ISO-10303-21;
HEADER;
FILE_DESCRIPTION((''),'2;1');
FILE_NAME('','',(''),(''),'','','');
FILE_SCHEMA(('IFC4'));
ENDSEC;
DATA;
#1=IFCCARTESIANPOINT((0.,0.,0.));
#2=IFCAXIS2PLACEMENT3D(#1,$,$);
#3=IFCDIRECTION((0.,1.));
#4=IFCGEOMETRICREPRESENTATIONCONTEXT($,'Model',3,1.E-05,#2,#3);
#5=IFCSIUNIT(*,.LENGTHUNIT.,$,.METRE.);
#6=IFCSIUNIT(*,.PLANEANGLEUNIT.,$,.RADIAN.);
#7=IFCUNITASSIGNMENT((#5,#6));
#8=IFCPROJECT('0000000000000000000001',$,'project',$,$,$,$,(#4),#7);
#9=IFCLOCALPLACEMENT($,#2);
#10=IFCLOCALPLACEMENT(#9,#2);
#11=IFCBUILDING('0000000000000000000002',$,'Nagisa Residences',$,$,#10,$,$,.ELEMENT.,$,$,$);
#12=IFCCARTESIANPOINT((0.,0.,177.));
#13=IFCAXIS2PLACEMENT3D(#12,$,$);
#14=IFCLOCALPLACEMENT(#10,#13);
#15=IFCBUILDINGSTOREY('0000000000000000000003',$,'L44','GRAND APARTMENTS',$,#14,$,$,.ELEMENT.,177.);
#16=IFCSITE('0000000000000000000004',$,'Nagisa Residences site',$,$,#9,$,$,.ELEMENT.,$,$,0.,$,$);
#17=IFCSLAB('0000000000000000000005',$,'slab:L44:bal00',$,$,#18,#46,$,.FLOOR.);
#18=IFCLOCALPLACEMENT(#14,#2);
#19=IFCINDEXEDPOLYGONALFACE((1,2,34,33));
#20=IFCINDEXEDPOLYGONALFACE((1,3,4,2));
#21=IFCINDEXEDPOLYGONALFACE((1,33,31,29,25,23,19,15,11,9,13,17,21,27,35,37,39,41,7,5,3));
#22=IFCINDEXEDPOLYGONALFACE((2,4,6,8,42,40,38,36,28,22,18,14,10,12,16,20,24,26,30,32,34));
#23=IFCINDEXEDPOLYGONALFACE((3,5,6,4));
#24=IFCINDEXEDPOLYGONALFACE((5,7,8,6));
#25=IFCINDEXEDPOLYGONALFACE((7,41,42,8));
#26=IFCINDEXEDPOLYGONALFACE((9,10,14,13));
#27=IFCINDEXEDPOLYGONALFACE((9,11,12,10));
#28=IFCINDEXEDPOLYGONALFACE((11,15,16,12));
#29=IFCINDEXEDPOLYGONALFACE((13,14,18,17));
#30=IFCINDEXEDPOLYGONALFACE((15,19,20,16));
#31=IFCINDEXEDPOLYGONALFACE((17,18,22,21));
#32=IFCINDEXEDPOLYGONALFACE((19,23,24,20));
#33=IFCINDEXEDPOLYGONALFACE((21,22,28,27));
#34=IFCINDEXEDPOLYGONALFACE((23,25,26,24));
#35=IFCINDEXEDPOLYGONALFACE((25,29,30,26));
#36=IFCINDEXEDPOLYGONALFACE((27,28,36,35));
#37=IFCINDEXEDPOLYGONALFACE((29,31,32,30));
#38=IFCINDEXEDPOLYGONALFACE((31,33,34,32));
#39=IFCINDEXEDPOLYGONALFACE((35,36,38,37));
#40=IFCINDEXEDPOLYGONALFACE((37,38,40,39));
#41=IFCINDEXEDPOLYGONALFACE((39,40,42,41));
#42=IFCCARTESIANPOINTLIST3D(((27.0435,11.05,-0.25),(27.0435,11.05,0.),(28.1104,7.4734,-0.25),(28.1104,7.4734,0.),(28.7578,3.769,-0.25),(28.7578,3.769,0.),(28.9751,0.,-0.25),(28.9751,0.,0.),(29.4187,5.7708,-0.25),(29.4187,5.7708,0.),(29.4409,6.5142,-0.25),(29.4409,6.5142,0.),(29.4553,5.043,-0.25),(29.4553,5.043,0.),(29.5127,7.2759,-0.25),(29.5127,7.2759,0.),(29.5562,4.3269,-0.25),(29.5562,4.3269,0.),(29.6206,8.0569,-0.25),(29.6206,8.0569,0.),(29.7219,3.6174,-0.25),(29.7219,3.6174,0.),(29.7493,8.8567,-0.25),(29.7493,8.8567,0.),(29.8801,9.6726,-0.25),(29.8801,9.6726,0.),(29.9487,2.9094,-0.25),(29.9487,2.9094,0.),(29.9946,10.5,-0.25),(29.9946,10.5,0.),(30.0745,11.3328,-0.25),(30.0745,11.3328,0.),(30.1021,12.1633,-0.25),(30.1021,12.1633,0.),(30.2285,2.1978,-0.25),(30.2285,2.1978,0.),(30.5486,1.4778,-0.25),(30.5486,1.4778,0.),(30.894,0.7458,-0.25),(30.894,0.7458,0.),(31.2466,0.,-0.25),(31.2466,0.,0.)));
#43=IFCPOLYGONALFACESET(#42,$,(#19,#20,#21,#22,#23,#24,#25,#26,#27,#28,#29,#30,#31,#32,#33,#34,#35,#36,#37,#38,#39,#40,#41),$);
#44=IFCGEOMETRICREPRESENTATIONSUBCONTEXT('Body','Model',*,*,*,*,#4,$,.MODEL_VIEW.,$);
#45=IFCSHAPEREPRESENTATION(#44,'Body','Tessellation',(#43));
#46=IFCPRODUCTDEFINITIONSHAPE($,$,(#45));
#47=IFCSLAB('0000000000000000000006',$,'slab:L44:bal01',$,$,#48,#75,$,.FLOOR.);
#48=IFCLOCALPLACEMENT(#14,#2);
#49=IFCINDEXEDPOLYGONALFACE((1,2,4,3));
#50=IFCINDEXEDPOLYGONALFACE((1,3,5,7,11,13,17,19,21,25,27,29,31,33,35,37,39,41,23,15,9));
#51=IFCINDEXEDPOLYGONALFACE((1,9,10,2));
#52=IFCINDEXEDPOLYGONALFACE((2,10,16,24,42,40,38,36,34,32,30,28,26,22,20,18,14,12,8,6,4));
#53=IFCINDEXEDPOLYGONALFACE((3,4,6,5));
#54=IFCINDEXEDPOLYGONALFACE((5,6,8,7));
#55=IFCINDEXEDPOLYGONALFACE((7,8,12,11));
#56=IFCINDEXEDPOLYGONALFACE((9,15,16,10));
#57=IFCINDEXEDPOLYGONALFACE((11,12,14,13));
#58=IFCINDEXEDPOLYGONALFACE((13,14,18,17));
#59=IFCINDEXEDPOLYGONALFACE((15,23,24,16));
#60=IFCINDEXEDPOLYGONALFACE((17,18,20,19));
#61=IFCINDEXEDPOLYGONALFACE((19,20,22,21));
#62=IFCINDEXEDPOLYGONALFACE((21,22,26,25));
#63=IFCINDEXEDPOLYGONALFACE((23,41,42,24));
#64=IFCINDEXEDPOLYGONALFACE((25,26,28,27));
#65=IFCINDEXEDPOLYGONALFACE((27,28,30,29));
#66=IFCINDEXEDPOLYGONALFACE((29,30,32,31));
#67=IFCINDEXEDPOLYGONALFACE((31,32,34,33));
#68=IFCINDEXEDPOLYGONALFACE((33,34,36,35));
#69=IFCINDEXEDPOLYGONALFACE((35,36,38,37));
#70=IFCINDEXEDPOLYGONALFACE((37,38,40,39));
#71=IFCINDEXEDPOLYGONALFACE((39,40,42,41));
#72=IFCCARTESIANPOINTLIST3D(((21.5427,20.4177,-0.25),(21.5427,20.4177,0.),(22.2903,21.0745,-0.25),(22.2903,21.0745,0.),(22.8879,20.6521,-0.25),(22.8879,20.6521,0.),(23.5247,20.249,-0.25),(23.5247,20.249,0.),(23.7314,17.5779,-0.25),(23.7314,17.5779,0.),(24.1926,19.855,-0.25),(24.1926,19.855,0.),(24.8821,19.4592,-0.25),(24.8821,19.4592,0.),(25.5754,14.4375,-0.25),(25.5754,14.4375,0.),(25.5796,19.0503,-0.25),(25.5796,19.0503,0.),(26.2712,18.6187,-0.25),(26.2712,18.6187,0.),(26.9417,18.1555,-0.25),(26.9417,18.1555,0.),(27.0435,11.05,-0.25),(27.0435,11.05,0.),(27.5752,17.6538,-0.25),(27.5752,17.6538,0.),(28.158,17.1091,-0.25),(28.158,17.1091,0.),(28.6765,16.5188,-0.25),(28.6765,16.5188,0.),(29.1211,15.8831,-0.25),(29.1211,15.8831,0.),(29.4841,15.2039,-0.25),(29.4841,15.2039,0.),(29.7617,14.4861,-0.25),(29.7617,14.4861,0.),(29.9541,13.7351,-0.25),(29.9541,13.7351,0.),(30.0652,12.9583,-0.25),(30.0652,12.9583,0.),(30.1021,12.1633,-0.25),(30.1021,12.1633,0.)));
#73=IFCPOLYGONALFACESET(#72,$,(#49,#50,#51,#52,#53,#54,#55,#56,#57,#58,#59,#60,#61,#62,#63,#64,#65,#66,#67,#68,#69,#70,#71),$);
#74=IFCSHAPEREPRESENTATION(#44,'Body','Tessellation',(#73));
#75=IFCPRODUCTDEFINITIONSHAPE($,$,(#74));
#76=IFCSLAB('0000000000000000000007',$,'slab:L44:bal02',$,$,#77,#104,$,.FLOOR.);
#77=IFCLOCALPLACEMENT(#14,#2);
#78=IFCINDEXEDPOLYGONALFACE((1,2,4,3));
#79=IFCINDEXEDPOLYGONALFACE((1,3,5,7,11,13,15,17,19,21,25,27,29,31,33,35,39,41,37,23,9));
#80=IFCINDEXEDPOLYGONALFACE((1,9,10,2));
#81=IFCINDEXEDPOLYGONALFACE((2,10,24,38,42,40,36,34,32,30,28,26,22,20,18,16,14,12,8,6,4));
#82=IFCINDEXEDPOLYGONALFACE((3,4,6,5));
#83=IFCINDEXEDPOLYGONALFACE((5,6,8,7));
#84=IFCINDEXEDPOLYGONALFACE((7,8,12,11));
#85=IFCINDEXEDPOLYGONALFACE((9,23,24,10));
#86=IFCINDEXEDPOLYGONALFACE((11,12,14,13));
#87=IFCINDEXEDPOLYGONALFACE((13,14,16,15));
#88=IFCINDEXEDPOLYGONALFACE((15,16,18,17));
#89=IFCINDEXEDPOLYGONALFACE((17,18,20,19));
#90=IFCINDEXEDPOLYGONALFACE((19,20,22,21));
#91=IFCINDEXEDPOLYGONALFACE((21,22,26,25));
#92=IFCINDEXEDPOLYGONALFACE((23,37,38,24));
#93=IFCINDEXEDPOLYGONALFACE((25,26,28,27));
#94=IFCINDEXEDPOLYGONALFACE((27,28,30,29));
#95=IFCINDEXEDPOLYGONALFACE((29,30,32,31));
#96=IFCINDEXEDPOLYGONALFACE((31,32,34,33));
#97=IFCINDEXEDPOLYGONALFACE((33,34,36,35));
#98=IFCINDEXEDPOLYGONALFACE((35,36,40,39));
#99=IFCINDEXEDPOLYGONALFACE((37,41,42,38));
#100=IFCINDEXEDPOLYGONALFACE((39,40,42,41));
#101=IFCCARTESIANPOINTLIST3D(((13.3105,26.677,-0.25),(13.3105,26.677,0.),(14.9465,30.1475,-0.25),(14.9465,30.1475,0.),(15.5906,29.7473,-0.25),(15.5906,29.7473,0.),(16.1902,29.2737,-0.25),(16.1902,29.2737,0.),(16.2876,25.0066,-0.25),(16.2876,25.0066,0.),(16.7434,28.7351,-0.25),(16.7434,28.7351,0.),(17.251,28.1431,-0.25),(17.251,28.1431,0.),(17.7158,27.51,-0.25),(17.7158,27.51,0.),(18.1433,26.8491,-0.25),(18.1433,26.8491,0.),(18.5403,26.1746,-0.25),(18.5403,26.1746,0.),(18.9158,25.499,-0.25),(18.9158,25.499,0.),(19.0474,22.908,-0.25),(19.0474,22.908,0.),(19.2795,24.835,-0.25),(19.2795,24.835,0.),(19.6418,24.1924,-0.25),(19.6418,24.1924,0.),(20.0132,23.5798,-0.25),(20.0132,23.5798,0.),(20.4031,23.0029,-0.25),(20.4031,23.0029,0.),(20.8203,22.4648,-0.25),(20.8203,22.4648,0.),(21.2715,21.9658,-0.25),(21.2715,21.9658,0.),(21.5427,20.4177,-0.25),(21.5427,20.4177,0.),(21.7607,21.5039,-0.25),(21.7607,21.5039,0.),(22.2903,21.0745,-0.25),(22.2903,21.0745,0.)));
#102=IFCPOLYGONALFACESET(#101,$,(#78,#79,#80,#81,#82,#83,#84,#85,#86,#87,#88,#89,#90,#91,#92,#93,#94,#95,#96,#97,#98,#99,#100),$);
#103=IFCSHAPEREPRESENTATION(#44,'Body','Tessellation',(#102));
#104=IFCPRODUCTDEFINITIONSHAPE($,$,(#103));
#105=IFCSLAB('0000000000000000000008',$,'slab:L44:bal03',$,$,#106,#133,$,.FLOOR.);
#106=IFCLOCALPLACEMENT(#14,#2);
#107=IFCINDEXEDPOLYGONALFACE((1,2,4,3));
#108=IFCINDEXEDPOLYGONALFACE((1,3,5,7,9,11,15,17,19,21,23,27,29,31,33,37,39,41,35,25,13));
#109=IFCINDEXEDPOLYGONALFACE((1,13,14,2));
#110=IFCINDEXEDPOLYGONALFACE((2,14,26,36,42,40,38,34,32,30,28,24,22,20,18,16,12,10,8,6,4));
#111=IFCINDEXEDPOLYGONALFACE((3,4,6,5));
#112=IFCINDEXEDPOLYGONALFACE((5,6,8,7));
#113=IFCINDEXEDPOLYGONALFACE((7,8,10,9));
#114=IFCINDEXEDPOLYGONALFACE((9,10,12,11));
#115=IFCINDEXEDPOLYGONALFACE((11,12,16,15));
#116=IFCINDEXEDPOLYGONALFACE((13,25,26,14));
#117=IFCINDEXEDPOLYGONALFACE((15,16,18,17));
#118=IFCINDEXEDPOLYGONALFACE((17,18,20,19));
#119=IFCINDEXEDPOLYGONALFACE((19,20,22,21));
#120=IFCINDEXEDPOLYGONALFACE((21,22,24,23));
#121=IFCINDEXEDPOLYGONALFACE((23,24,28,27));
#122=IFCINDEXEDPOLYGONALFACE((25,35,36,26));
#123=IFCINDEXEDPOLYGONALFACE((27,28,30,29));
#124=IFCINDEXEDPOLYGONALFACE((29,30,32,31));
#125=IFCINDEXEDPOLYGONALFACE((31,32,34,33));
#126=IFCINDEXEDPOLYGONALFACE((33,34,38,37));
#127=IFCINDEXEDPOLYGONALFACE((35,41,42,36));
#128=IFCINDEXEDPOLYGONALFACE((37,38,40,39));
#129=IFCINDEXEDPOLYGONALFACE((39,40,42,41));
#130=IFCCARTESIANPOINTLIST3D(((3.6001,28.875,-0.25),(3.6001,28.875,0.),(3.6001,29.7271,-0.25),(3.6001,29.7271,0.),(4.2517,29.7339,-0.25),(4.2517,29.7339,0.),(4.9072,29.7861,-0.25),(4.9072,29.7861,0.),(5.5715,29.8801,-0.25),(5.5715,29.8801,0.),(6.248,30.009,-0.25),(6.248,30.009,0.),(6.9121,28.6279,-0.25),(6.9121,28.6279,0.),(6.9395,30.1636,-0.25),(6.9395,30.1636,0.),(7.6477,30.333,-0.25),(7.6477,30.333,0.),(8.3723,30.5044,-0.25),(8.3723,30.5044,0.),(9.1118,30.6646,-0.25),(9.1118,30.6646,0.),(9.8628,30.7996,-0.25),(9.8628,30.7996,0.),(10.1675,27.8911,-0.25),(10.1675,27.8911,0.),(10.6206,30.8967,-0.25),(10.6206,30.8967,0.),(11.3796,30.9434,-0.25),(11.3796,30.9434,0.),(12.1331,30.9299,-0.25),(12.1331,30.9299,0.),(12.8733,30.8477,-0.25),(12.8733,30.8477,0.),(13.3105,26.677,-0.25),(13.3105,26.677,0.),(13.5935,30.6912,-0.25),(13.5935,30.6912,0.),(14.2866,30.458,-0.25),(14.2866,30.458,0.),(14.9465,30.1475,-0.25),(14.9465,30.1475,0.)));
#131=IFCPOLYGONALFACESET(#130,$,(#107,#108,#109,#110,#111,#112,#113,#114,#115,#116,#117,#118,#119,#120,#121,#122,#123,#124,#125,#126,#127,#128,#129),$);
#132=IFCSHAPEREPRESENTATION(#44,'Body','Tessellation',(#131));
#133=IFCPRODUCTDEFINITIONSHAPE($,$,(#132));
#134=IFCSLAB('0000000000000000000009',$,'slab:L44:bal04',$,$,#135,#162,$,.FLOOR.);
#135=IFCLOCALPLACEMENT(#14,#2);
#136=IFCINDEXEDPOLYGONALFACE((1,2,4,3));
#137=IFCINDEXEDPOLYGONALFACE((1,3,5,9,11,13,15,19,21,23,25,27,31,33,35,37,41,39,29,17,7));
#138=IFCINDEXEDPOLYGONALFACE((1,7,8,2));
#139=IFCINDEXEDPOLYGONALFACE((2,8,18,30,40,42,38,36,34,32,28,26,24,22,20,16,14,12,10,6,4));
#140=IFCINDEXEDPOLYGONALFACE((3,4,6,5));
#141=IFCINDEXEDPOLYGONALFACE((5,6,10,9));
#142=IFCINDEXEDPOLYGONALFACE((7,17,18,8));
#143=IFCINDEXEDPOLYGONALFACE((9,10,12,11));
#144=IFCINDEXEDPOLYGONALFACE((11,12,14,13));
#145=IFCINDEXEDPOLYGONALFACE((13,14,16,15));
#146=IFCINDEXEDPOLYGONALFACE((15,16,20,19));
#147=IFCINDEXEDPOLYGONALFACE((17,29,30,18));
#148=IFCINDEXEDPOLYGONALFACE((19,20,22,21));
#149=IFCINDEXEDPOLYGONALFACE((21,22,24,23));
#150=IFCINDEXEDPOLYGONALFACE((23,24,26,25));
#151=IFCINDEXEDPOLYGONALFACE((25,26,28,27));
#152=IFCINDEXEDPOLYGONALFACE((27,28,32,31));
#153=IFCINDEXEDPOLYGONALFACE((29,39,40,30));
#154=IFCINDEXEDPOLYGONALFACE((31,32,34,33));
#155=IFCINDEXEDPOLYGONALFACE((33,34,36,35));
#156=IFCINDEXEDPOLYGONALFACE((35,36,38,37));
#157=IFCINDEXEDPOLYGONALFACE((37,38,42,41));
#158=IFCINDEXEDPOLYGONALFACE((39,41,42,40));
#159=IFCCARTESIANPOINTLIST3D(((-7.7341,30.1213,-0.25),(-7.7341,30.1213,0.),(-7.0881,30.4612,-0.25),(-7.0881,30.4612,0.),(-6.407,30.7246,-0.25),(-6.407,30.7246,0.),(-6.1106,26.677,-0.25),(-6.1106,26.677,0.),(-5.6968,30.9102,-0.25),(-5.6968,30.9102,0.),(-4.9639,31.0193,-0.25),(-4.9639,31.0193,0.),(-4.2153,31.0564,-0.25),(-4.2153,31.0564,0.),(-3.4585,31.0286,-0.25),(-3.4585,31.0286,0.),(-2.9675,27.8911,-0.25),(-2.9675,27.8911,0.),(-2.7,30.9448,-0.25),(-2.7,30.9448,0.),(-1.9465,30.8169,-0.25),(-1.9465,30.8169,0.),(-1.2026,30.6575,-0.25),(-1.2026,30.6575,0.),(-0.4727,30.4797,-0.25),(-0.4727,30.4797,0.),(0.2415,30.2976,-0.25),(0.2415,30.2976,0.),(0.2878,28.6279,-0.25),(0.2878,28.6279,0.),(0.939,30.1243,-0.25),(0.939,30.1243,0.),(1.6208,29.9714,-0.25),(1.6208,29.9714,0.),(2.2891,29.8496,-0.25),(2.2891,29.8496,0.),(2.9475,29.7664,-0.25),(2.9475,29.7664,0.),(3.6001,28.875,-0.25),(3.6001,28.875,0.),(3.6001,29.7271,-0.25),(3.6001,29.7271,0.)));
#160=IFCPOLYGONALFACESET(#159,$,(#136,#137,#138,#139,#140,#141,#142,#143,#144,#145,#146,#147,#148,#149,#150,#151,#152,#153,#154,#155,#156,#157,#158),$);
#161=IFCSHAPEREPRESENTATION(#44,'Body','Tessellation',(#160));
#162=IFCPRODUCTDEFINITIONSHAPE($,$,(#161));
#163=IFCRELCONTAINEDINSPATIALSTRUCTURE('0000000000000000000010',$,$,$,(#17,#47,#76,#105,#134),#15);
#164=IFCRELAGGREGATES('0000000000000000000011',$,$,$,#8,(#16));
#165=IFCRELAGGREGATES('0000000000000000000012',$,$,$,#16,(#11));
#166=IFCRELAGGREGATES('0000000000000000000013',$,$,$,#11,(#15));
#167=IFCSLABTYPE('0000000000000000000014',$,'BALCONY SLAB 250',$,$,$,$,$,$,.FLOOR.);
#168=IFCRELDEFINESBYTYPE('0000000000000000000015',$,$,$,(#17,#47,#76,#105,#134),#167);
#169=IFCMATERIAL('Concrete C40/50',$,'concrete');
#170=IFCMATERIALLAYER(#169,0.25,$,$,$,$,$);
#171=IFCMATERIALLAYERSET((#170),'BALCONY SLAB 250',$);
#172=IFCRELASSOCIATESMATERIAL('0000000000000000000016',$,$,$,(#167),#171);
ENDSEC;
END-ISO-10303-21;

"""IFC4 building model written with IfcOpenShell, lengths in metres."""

from ifc_helpers import new_model, si_unit, direction, frame, origin, place, context, subcontext, project, spatial, polyline, outline, extrude, material, layer, layer_set, type_object, element, save


model = new_model("IFC4")

# Units and contexts
model_context = context("Model", 3, precision=1e-05, world=origin(), true_north=direction((0.0, 1.0)))
body_context = subcontext(model_context, "Body", "Model", "MODEL_VIEW")
ifc_project = project(units=[si_unit("LENGTHUNIT", "METRE"), si_unit("PLANEANGLEUNIT", "RADIAN")], contexts=[model_context])

# Site, building, storey
site_placement = place(None, origin())
site = spatial("IfcSite", under=ifc_project, at=site_placement, Name="Nagisa Residences site", CompositionType="ELEMENT", RefElevation=0.0)
building_placement = place(site_placement, origin())
building = spatial("IfcBuilding", under=site, at=building_placement, Name="Nagisa Residences", CompositionType="ELEMENT")
storey_placement = place(building_placement, frame((0.0, 0.0, 177.0)))
storey = spatial("IfcBuildingStorey", under=building, at=storey_placement, Name="L44", Description="GRAND APARTMENTS", CompositionType="ELEMENT", Elevation=177.0)

# Slabs
ifc_material_1 = material(Name="Concrete C40/50", Category="concrete")
ifc_layer_1 = layer(ifc_material_1, 0.25)
ifc_layer_set_1 = layer_set([ifc_layer_1], Name="BALCONY SLAB 250")
slab_type_1 = type_object("IfcSlabType", Name="BALCONY SLAB 250", PredefinedType="FLOOR", material=ifc_layer_set_1)
slab_1_placement = place(storey_placement, frame((0.0, 0.0, -0.25)))
element("IfcSlab", 1, at=slab_1_placement, inside=storey, type_object=slab_type_1, Name="slab:L44:bal00", PredefinedType="FLOOR", context=body_context, shape_type="SweptSolid", body=[
    extrude(outline(polyline([(31.2466, 0.0), (30.894, 0.7458), (30.5486, 1.4778), (30.2285, 2.1978), (29.9487, 2.9094), (29.7219, 3.6174), (29.5562, 4.3269), (29.4553, 5.043), (29.4187, 5.7708), (29.4409, 6.5142), (29.5127, 7.2759), (29.6206, 8.0569), (29.7493, 8.8567), (29.8801, 9.6726), (29.9946, 10.5), (30.0745, 11.3328), (30.1021, 12.1633), (27.0435, 11.05), (28.1104, 7.4734), (28.7578, 3.769), (28.9751, 0.0), (31.2466, 0.0)])), origin(), (0.0, 0.0, 1.0), 0.25),
])
slab_2_placement = place(storey_placement, frame((0.0, 0.0, -0.25)))
element("IfcSlab", 2, at=slab_2_placement, inside=storey, type_object=slab_type_1, Name="slab:L44:bal01", PredefinedType="FLOOR", context=body_context, shape_type="SweptSolid", body=[
    extrude(outline(polyline([(30.1021, 12.1633), (30.0652, 12.9583), (29.9541, 13.7351), (29.7617, 14.4861), (29.4841, 15.2039), (29.1211, 15.8831), (28.6765, 16.5188), (28.158, 17.1091), (27.5752, 17.6538), (26.9417, 18.1555), (26.2712, 18.6187), (25.5796, 19.0503), (24.8821, 19.4592), (24.1926, 19.855), (23.5247, 20.249), (22.8879, 20.6521), (22.2903, 21.0745), (21.5427, 20.4177), (23.7314, 17.5779), (25.5754, 14.4375), (27.0435, 11.05), (30.1021, 12.1633)])), origin(), (0.0, 0.0, 1.0), 0.25),
])
slab_3_placement = place(storey_placement, frame((0.0, 0.0, -0.25)))
element("IfcSlab", 3, at=slab_3_placement, inside=storey, type_object=slab_type_1, Name="slab:L44:bal02", PredefinedType="FLOOR", context=body_context, shape_type="SweptSolid", body=[
    extrude(outline(polyline([(22.2903, 21.0745), (21.7607, 21.5039), (21.2715, 21.9658), (20.8203, 22.4648), (20.4031, 23.0029), (20.0132, 23.5798), (19.6418, 24.1924), (19.2795, 24.835), (18.9158, 25.499), (18.5403, 26.1746), (18.1433, 26.8491), (17.7158, 27.51), (17.251, 28.1431), (16.7434, 28.7351), (16.1902, 29.2737), (15.5906, 29.7473), (14.9465, 30.1475), (13.3105, 26.677), (16.2876, 25.0066), (19.0474, 22.908), (21.5427, 20.4177), (22.2903, 21.0745)])), origin(), (0.0, 0.0, 1.0), 0.25),
])
slab_4_placement = place(storey_placement, frame((0.0, 0.0, -0.25)))
element("IfcSlab", 4, at=slab_4_placement, inside=storey, type_object=slab_type_1, Name="slab:L44:bal03", PredefinedType="FLOOR", context=body_context, shape_type="SweptSolid", body=[
    extrude(outline(polyline([(14.9465, 30.1475), (14.2866, 30.458), (13.5935, 30.6912), (12.8733, 30.8477), (12.1331, 30.9299), (11.3796, 30.9434), (10.6206, 30.8967), (9.8628, 30.7996), (9.1118, 30.6646), (8.3723, 30.5044), (7.6477, 30.333), (6.9395, 30.1636), (6.248, 30.009), (5.5715, 29.8801), (4.9072, 29.7861), (4.2517, 29.7339), (3.6001, 29.7271), (3.6001, 28.875), (6.9121, 28.6279), (10.1675, 27.8911), (13.3105, 26.677), (14.9465, 30.1475)])), origin(), (0.0, 0.0, 1.0), 0.25),
])
slab_5_placement = place(storey_placement, frame((0.0, 0.0, -0.25)))
element("IfcSlab", 5, at=slab_5_placement, inside=storey, type_object=slab_type_1, Name="slab:L44:bal04", PredefinedType="FLOOR", context=body_context, shape_type="SweptSolid", body=[
    extrude(outline(polyline([(3.6001, 29.7271), (2.9475, 29.7664), (2.2891, 29.8496), (1.6208, 29.9714), (0.939, 30.1243), (0.2415, 30.2976), (-0.4727, 30.4797), (-1.2026, 30.6575), (-1.9465, 30.8169), (-2.7, 30.9448), (-3.4585, 31.0286), (-4.2153, 31.0564), (-4.9639, 31.0193), (-5.6968, 30.9102), (-6.407, 30.7246), (-7.0881, 30.4612), (-7.7341, 30.1213), (-6.1106, 26.677), (-2.9675, 27.8911), (0.2878, 28.6279), (3.6001, 28.875), (3.6001, 29.7271)])), origin(), (0.0, 0.0, 1.0), 0.25),
])

save(model, "model.ifc")
